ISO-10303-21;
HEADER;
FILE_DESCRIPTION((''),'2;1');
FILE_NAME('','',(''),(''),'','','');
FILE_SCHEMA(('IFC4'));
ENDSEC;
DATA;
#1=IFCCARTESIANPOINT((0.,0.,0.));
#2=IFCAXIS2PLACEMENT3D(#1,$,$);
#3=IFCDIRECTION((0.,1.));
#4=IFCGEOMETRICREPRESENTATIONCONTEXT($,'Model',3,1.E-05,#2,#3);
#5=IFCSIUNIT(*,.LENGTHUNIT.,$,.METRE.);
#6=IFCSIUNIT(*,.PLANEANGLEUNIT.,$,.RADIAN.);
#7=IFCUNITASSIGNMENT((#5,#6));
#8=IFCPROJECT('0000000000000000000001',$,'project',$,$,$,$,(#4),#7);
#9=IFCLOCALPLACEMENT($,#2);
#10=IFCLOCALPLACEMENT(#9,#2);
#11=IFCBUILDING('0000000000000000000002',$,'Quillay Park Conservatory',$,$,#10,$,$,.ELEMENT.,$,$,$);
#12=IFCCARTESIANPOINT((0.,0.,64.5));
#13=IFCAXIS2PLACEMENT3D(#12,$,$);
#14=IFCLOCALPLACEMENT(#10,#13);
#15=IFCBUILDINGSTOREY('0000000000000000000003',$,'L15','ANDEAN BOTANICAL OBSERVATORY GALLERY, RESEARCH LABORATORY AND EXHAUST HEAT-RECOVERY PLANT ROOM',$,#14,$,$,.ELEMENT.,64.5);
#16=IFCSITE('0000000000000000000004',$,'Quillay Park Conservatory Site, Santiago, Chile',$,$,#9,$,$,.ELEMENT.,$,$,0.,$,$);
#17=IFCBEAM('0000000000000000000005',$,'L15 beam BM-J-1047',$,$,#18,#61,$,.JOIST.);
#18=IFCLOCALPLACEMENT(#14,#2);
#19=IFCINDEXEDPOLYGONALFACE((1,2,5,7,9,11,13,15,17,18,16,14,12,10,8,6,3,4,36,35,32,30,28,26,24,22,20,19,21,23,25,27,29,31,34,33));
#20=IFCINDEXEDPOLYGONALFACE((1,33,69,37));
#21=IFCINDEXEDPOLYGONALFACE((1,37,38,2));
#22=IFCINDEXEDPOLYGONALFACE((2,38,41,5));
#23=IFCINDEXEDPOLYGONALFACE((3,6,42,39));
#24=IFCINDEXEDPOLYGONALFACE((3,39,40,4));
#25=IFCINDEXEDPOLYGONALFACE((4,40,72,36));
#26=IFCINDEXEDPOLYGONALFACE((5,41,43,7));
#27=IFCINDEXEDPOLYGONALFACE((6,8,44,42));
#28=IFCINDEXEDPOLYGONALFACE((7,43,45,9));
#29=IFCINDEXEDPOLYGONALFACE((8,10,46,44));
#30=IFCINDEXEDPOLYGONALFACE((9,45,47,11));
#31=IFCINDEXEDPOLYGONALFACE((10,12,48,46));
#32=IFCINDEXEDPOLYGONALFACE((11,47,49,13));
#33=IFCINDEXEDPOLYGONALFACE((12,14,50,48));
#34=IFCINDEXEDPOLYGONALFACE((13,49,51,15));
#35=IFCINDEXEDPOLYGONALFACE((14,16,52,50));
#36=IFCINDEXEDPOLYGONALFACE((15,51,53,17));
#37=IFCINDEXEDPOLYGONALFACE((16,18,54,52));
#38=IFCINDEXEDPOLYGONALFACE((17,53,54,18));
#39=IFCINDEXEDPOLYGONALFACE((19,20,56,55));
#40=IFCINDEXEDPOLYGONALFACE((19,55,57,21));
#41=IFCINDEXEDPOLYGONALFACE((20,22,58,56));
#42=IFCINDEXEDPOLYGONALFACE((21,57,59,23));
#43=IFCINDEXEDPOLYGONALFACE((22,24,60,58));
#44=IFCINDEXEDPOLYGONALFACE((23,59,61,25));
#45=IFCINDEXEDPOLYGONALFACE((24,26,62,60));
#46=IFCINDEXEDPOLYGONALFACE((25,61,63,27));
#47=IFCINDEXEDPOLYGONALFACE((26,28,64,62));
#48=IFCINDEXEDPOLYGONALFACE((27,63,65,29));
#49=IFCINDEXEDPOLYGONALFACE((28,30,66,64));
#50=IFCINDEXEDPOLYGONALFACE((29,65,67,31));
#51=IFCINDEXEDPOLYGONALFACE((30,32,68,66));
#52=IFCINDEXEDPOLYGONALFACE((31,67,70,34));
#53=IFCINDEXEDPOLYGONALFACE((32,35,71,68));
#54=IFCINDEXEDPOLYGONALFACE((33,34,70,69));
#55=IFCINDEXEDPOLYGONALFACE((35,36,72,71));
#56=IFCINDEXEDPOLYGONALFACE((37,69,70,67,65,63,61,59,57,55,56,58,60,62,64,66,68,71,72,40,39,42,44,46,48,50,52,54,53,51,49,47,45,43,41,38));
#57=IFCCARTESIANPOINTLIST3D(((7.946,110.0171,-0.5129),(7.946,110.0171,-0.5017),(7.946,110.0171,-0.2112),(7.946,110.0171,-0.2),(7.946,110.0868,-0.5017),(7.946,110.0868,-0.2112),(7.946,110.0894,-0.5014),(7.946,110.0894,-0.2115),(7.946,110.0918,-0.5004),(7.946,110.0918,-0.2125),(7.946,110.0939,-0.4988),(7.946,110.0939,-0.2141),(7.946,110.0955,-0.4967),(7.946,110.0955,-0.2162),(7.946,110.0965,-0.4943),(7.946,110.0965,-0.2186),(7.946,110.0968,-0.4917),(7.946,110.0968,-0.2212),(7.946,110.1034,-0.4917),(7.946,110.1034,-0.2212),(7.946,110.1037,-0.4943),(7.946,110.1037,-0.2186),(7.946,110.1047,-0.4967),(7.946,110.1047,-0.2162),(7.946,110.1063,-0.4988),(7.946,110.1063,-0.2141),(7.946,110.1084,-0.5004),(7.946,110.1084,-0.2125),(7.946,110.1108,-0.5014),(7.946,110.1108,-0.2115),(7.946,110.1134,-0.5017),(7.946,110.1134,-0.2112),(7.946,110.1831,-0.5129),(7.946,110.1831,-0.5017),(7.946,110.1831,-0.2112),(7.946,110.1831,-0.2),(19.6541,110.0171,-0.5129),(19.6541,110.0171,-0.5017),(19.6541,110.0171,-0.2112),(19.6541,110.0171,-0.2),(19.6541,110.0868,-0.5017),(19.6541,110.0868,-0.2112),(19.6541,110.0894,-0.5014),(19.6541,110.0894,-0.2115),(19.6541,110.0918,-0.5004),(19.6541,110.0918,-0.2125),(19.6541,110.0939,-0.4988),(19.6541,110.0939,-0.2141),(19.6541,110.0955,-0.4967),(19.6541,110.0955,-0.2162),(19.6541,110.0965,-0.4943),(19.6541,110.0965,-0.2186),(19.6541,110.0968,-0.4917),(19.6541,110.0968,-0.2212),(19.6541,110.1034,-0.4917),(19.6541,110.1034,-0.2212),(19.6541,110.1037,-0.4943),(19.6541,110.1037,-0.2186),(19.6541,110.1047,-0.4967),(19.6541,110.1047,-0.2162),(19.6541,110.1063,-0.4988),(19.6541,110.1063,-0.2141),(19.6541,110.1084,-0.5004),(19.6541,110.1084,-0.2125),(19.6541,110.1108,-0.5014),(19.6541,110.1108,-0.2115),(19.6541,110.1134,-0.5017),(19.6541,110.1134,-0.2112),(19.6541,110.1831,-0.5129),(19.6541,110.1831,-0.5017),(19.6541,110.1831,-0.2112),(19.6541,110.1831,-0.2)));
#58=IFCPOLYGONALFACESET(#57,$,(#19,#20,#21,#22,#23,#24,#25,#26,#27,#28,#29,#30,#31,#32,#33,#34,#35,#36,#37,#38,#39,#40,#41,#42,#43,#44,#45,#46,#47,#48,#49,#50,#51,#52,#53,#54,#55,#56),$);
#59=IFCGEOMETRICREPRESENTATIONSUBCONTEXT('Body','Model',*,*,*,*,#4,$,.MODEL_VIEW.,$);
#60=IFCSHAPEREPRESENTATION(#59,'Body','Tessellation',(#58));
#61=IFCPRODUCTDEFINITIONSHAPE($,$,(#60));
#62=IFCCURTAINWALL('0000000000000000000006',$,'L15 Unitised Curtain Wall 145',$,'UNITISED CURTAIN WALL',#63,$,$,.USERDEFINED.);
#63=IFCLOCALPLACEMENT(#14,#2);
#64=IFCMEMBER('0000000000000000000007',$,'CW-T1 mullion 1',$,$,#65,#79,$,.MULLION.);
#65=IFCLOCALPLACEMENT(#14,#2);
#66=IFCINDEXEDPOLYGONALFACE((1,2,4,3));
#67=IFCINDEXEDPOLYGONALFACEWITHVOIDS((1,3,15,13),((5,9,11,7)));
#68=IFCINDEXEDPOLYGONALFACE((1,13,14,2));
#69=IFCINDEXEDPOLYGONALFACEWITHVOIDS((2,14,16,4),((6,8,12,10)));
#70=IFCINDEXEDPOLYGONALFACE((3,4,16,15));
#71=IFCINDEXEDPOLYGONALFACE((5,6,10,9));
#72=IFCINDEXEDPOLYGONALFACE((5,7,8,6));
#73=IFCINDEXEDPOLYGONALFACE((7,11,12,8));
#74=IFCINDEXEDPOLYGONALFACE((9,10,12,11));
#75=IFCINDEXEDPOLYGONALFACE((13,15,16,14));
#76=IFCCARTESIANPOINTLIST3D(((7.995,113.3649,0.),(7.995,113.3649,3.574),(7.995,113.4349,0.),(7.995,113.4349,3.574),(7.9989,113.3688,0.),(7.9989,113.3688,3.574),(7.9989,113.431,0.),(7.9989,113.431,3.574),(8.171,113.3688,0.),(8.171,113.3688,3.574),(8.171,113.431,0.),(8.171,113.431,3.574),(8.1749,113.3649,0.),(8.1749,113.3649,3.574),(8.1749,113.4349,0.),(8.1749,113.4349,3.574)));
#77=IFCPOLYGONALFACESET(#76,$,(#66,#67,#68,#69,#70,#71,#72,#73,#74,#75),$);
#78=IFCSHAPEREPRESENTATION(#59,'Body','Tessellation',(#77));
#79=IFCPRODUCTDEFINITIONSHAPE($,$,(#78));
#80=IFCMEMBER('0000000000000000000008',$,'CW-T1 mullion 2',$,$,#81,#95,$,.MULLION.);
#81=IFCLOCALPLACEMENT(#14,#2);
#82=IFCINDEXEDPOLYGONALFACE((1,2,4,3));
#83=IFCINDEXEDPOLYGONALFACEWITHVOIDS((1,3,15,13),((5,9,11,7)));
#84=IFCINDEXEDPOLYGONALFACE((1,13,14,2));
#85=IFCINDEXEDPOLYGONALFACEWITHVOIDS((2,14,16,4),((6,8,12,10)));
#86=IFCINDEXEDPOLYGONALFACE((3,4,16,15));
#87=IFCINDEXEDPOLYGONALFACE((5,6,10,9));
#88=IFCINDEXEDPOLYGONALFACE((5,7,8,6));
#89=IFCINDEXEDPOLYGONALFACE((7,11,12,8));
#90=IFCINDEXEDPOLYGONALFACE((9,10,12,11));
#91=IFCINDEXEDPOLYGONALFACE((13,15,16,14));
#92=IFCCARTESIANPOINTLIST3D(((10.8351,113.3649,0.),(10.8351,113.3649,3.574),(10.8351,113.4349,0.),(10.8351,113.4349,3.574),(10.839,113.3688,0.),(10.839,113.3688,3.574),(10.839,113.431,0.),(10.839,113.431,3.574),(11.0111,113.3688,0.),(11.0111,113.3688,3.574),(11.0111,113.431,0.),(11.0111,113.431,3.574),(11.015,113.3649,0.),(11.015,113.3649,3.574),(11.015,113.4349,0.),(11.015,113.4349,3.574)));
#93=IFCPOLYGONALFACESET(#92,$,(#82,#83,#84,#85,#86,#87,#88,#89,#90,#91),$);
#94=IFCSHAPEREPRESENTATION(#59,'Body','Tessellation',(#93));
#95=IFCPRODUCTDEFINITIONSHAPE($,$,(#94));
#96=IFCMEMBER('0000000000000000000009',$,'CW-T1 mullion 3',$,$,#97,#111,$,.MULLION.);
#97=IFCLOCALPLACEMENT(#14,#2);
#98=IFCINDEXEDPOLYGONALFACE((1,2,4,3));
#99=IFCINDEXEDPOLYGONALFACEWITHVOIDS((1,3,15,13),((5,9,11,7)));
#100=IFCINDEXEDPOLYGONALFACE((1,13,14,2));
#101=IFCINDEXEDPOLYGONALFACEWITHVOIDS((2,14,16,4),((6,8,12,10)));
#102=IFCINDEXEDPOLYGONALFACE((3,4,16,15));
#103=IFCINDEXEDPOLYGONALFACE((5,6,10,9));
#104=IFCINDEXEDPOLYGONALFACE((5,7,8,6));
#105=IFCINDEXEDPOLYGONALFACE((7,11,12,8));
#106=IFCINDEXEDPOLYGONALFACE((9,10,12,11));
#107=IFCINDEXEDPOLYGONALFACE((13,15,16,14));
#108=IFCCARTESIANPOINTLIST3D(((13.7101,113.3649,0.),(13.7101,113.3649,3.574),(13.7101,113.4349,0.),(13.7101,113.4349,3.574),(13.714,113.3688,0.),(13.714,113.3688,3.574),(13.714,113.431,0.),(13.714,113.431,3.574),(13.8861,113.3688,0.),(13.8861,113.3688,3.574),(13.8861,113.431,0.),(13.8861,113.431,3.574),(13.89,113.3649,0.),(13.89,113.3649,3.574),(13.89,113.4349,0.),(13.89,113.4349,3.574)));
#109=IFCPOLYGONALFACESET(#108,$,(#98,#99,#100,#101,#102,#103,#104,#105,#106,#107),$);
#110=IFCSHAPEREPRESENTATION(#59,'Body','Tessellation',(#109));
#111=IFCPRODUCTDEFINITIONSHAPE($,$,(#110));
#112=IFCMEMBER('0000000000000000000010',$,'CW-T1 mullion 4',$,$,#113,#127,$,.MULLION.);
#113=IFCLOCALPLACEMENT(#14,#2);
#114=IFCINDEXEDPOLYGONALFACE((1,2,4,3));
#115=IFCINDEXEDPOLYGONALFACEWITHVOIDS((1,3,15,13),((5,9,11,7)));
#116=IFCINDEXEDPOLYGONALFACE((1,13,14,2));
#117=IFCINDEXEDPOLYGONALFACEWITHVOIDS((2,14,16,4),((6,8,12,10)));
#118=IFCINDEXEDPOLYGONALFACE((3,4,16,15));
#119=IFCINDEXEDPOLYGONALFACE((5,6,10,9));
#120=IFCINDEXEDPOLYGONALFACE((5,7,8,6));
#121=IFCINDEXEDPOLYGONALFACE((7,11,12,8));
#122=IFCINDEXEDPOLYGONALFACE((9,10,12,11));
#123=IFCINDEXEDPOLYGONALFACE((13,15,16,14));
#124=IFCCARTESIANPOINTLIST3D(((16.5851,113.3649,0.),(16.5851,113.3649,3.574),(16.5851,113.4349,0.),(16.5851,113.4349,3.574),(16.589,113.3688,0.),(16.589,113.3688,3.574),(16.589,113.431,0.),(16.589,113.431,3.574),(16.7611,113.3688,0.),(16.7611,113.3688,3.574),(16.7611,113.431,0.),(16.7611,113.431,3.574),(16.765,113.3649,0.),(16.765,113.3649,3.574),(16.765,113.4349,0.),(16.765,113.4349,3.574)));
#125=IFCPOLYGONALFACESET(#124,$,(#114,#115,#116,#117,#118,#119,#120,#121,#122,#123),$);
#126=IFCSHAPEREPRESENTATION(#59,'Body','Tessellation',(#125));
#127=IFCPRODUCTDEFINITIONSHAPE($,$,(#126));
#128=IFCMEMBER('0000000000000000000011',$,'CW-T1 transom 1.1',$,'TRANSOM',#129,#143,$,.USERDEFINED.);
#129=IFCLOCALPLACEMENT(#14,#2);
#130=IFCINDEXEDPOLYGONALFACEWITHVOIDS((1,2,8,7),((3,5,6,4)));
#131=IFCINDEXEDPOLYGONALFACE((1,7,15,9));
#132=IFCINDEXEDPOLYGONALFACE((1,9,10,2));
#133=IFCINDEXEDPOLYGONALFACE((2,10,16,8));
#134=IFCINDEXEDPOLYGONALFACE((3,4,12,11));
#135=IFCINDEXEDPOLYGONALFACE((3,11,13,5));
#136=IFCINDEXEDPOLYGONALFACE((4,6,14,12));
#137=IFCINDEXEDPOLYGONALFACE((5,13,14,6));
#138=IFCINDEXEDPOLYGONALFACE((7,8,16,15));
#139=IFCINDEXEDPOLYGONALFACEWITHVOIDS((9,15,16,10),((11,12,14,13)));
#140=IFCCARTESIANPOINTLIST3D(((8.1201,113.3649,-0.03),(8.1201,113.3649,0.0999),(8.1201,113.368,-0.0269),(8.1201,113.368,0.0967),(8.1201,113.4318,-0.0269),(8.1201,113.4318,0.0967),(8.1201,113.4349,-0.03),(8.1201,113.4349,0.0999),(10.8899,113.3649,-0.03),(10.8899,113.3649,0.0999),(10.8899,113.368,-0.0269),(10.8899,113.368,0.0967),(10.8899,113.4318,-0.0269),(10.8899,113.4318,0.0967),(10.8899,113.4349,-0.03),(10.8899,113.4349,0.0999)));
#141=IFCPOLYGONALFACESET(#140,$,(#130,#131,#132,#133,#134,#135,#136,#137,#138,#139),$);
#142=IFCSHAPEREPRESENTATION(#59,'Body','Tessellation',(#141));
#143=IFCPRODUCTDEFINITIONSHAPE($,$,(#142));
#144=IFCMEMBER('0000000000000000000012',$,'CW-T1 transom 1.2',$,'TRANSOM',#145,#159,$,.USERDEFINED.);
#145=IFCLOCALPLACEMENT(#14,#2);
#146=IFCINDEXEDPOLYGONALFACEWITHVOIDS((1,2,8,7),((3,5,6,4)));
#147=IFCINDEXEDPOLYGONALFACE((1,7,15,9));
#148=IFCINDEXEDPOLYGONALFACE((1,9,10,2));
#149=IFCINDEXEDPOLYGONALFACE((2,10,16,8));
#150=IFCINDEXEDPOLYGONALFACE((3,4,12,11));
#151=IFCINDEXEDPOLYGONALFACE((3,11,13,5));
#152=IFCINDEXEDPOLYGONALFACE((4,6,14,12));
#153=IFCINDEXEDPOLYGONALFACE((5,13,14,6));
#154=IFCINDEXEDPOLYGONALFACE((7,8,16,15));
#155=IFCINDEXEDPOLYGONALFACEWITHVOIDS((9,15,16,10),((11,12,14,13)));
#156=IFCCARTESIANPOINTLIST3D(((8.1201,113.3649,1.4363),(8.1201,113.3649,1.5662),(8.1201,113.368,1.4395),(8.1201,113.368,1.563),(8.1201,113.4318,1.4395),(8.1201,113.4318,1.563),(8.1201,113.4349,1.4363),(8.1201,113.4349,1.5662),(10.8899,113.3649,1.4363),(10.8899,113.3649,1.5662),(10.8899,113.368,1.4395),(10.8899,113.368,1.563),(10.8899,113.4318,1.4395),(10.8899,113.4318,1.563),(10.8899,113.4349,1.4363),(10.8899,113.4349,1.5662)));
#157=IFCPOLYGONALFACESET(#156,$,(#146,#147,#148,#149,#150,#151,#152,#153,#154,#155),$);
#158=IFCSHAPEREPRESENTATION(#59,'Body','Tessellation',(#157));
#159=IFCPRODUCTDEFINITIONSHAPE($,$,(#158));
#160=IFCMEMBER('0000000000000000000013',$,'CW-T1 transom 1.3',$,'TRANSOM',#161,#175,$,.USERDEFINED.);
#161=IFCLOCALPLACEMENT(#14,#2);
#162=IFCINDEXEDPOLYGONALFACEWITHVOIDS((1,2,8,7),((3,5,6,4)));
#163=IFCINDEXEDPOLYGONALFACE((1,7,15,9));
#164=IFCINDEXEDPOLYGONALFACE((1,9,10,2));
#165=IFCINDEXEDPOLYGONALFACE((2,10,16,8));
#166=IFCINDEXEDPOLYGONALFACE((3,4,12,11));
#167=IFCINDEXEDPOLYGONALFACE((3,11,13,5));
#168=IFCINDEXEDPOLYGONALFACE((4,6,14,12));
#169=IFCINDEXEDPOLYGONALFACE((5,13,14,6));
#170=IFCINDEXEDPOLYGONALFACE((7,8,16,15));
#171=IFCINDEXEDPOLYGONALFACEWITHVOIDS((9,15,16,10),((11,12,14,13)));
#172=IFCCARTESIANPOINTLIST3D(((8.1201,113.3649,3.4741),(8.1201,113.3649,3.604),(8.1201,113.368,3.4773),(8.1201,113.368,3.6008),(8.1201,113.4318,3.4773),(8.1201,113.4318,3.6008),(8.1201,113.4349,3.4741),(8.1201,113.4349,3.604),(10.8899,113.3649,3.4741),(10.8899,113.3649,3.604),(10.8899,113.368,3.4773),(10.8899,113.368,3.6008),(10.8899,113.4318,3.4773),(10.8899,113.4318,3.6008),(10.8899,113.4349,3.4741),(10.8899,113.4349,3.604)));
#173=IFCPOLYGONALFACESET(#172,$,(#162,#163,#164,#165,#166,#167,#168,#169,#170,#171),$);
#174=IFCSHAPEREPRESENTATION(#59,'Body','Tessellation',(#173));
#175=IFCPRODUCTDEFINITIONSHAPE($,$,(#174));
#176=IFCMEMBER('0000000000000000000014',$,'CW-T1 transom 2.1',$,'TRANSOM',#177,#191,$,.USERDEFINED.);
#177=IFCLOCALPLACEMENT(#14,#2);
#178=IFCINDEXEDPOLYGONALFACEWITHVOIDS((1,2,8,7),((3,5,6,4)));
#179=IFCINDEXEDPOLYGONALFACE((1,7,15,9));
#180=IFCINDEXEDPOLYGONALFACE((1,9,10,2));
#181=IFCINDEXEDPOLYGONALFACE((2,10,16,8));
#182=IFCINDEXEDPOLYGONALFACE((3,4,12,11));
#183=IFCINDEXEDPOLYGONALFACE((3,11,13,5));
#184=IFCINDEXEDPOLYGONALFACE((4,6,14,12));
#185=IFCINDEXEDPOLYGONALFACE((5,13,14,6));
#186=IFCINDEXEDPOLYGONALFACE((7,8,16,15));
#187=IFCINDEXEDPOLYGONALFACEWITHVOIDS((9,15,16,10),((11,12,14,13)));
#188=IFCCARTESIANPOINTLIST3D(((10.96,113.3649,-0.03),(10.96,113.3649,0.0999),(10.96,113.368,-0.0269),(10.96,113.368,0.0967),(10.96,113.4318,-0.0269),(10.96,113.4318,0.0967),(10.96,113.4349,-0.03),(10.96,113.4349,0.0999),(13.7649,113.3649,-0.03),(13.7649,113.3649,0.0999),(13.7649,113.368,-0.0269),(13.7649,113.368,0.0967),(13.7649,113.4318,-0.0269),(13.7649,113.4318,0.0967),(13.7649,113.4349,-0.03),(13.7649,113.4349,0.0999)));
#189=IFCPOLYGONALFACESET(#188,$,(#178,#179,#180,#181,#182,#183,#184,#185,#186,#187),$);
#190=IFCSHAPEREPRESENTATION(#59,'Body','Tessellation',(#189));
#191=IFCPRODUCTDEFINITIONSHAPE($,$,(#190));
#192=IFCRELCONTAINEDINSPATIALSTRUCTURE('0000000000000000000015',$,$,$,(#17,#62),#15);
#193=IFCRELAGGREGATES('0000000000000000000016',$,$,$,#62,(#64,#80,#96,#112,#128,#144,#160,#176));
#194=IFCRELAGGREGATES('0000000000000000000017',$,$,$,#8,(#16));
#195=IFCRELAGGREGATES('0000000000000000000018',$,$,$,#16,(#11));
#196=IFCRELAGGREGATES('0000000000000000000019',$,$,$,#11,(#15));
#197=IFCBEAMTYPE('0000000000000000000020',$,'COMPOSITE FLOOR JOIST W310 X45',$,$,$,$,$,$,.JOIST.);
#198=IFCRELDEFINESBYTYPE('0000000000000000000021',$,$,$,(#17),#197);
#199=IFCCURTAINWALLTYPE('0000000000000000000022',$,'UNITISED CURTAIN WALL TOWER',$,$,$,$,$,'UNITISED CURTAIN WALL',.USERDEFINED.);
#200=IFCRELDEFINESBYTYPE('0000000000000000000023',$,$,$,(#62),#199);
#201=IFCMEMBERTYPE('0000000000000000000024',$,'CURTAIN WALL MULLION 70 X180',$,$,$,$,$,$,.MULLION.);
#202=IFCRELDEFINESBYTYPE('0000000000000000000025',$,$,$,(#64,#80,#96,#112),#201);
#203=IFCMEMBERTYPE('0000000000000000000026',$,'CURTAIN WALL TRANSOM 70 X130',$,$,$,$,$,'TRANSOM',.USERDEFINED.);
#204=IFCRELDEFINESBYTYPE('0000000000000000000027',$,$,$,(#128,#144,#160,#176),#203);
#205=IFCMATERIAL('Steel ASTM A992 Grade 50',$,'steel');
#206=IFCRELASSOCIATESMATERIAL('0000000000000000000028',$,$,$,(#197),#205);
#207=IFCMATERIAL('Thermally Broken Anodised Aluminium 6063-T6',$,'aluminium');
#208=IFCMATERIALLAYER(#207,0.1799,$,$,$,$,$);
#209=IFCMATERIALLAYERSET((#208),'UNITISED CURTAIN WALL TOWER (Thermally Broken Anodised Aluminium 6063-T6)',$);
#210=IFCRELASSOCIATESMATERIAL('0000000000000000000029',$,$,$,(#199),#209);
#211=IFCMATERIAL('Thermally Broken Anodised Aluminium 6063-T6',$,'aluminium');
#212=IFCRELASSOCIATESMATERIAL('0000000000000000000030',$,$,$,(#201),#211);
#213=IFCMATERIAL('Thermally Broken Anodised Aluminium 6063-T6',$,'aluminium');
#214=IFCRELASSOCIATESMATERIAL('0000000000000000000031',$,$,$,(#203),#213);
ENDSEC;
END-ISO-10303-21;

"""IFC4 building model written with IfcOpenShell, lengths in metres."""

from ifc_helpers import new_model, si_unit, direction, frame, origin, origin_2d, place, context, subcontext, project, spatial, hollow_rectangle, i_section, extrude, material, layer, layer_set, material_profile, profile_set, type_object, element, aggregate, save


model = new_model("IFC4")

# Units and contexts
model_context = context("Model", 3, precision=1e-05, world=origin(), true_north=direction((0.0, 1.0)))
body_context = subcontext(model_context, "Body", "Model", "MODEL_VIEW")
ifc_project = project(units=[si_unit("LENGTHUNIT", "METRE"), si_unit("PLANEANGLEUNIT", "RADIAN")], contexts=[model_context])

# Site, building, storey
site_placement = place(None, origin())
site = spatial("IfcSite", under=ifc_project, at=site_placement, Name="Quillay Park Conservatory Site, Santiago, Chile", CompositionType="ELEMENT", RefElevation=0.0)
building_placement = place(site_placement, origin())
building = spatial("IfcBuilding", under=site, at=building_placement, Name="Quillay Park Conservatory", CompositionType="ELEMENT")
storey_placement = place(building_placement, frame((0.0, 0.0, 64.5)))
storey = spatial("IfcBuildingStorey", under=building, at=storey_placement, Name="L15", Description="ANDEAN BOTANICAL OBSERVATORY GALLERY, RESEARCH LABORATORY AND EXHAUST HEAT-RECOVERY PLANT ROOM", CompositionType="ELEMENT", Elevation=64.5)

# Beam
ifc_material_1 = material(Name="Steel ASTM A992 Grade 50", Category="steel")
ifc_material_profile_1 = material_profile(ifc_material_1, i_section(OverallWidth=0.166, OverallDepth=0.313, WebThickness=0.0066, FlangeThickness=0.0112, FilletRadius=0.01, at=origin_2d()), Name="W310x45")
ifc_profile_set_1 = profile_set([ifc_material_profile_1], Name="Steel ASTM A992 Grade 50")
beam_type_1 = type_object("IfcBeamType", Name="COMPOSITE FLOOR JOIST W310 X45", PredefinedType="JOIST", material=ifc_profile_set_1)
for number, where, z_axis, x_axis, name in (
    (1, (7.946, 110.1001, -0.3564), (1.0, 0.0, 0.0), (0.0, 1.0, 0.0), "L15 beam BM-J-1047"),
):
    element("IfcBeam", number, at=place(storey_placement, frame(where, z_axis=z_axis, x_axis=x_axis)), inside=storey, type_object=beam_type_1, Name=name, PredefinedType="JOIST", context=body_context, shape_type="SweptSolid", body=[
        extrude(i_section(OverallWidth=0.166, OverallDepth=0.313, WebThickness=0.0066, FlangeThickness=0.0112, FilletRadius=0.01, at=origin_2d()), origin(), (0.0, 0.0, 1.0), 11.708),
    ])

# Curtain wall, members
ifc_material_2 = material(Name="Thermally Broken Anodised Aluminium 6063-T6", Category="aluminium")
ifc_layer_1 = layer(ifc_material_2, 0.1799)
ifc_layer_set_1 = layer_set([ifc_layer_1], Name="UNITISED CURTAIN WALL TOWER (Thermally Broken Anodised Aluminium 6063-T6)")
curtain_wall_type = type_object("IfcCurtainWallType", Name="UNITISED CURTAIN WALL TOWER", ElementType="UNITISED CURTAIN WALL", PredefinedType="USERDEFINED", material=ifc_layer_set_1)
curtain_wall_placement = place(storey_placement, origin())
curtain_wall = element("IfcCurtainWall", 2, at=curtain_wall_placement, inside=storey, type_object=curtain_wall_type, Name="L15 Unitised Curtain Wall 145", ObjectType="UNITISED CURTAIN WALL", PredefinedType="USERDEFINED")
ifc_material_3 = material(Name="Thermally Broken Anodised Aluminium 6063-T6", Category="aluminium")
ifc_material_profile_2 = material_profile(ifc_material_3, hollow_rectangle(XDim=0.0701, YDim=0.1799, WallThickness=0.0039, at=origin_2d()), Name="AL70x180x4")
ifc_profile_set_2 = profile_set([ifc_material_profile_2], Name="Thermally Broken Anodised Aluminium 6063-T6")
member_type_1 = type_object("IfcMemberType", Name="CURTAIN WALL MULLION 70 X180", PredefinedType="MULLION", material=ifc_profile_set_2)
member_1_placement = place(storey_placement, frame((8.085, 113.3999, 0.0), z_axis=(0.0, 0.0, 1.0), x_axis=(0.0, 1.0, 0.0)))
member_1 = element("IfcMember", 3, at=member_1_placement, type_object=member_type_1, Name="CW-T1 mullion 1", PredefinedType="MULLION", context=body_context, shape_type="SweptSolid", body=[
    extrude(hollow_rectangle(XDim=0.0701, YDim=0.1799, WallThickness=0.0039, at=origin_2d()), origin(), (0.0, 0.0, 1.0), 3.574),
])
member_2_placement = place(storey_placement, frame((10.925, 113.3999, 0.0), z_axis=(0.0, 0.0, 1.0), x_axis=(0.0, 1.0, 0.0)))
member_2 = element("IfcMember", 4, at=member_2_placement, type_object=member_type_1, Name="CW-T1 mullion 2", PredefinedType="MULLION", context=body_context, shape_type="SweptSolid", body=[
    extrude(hollow_rectangle(XDim=0.0701, YDim=0.1799, WallThickness=0.0039, at=origin_2d()), origin(), (0.0, 0.0, 1.0), 3.574),
])
member_3_placement = place(storey_placement, frame((13.8, 113.3999, 0.0), z_axis=(0.0, 0.0, 1.0), x_axis=(0.0, 1.0, 0.0)))
member_3 = element("IfcMember", 5, at=member_3_placement, type_object=member_type_1, Name="CW-T1 mullion 3", PredefinedType="MULLION", context=body_context, shape_type="SweptSolid", body=[
    extrude(hollow_rectangle(XDim=0.0701, YDim=0.1799, WallThickness=0.0039, at=origin_2d()), origin(), (0.0, 0.0, 1.0), 3.574),
])
member_4_placement = place(storey_placement, frame((16.675, 113.3999, 0.0), z_axis=(0.0, 0.0, 1.0), x_axis=(0.0, 1.0, 0.0)))
member_4 = element("IfcMember", 6, at=member_4_placement, type_object=member_type_1, Name="CW-T1 mullion 4", PredefinedType="MULLION", context=body_context, shape_type="SweptSolid", body=[
    extrude(hollow_rectangle(XDim=0.0701, YDim=0.1799, WallThickness=0.0039, at=origin_2d()), origin(), (0.0, 0.0, 1.0), 3.574),
])
ifc_material_4 = material(Name="Thermally Broken Anodised Aluminium 6063-T6", Category="aluminium")
ifc_material_profile_3 = material_profile(ifc_material_4, hollow_rectangle(XDim=0.0701, YDim=0.1299, WallThickness=0.0032, at=origin_2d()), Name="AL70x130x3.2")
ifc_profile_set_3 = profile_set([ifc_material_profile_3], Name="Thermally Broken Anodised Aluminium 6063-T6")
member_type_2 = type_object("IfcMemberType", Name="CURTAIN WALL TRANSOM 70 X130", ElementType="TRANSOM", PredefinedType="USERDEFINED", material=ifc_profile_set_3)
member_5_placement = place(storey_placement, frame((8.1201, 113.3999, 0.0349), z_axis=(1.0, 0.0, 0.0), x_axis=(0.0, 1.0, 0.0)))
member_5 = element("IfcMember", 7, at=member_5_placement, type_object=member_type_2, Name="CW-T1 transom 1.1", ObjectType="TRANSOM", PredefinedType="USERDEFINED", context=body_context, shape_type="SweptSolid", body=[
    extrude(hollow_rectangle(XDim=0.0701, YDim=0.1299, WallThickness=0.0032, at=origin_2d()), origin(), (0.0, 0.0, 1.0), 2.7698),
])
member_6_placement = place(storey_placement, frame((8.1201, 113.3999, 1.5012), z_axis=(1.0, 0.0, 0.0), x_axis=(0.0, 1.0, 0.0)))
member_6 = element("IfcMember", 8, at=member_6_placement, type_object=member_type_2, Name="CW-T1 transom 1.2", ObjectType="TRANSOM", PredefinedType="USERDEFINED", context=body_context, shape_type="SweptSolid", body=[
    extrude(hollow_rectangle(XDim=0.0701, YDim=0.1299, WallThickness=0.0032, at=origin_2d()), origin(), (0.0, 0.0, 1.0), 2.7698),
])
member_7_placement = place(storey_placement, frame((8.1201, 113.3999, 3.5391), z_axis=(1.0, 0.0, 0.0), x_axis=(0.0, 1.0, 0.0)))
member_7 = element("IfcMember", 9, at=member_7_placement, type_object=member_type_2, Name="CW-T1 transom 1.3", ObjectType="TRANSOM", PredefinedType="USERDEFINED", context=body_context, shape_type="SweptSolid", body=[
    extrude(hollow_rectangle(XDim=0.0701, YDim=0.1299, WallThickness=0.0032, at=origin_2d()), origin(), (0.0, 0.0, 1.0), 2.7698),
])
member_8_placement = place(storey_placement, frame((10.96, 113.3999, 0.0349), z_axis=(1.0, 0.0, 0.0), x_axis=(0.0, 1.0, 0.0)))
member_8 = element("IfcMember", 10, at=member_8_placement, type_object=member_type_2, Name="CW-T1 transom 2.1", ObjectType="TRANSOM", PredefinedType="USERDEFINED", context=body_context, shape_type="SweptSolid", body=[
    extrude(hollow_rectangle(XDim=0.0701, YDim=0.1299, WallThickness=0.0032, at=origin_2d()), origin(), (0.0, 0.0, 1.0), 2.8049),
])

aggregate(curtain_wall, [member_1, member_2, member_3, member_4, member_5, member_6, member_7, member_8])

save(model, "model.ifc")
